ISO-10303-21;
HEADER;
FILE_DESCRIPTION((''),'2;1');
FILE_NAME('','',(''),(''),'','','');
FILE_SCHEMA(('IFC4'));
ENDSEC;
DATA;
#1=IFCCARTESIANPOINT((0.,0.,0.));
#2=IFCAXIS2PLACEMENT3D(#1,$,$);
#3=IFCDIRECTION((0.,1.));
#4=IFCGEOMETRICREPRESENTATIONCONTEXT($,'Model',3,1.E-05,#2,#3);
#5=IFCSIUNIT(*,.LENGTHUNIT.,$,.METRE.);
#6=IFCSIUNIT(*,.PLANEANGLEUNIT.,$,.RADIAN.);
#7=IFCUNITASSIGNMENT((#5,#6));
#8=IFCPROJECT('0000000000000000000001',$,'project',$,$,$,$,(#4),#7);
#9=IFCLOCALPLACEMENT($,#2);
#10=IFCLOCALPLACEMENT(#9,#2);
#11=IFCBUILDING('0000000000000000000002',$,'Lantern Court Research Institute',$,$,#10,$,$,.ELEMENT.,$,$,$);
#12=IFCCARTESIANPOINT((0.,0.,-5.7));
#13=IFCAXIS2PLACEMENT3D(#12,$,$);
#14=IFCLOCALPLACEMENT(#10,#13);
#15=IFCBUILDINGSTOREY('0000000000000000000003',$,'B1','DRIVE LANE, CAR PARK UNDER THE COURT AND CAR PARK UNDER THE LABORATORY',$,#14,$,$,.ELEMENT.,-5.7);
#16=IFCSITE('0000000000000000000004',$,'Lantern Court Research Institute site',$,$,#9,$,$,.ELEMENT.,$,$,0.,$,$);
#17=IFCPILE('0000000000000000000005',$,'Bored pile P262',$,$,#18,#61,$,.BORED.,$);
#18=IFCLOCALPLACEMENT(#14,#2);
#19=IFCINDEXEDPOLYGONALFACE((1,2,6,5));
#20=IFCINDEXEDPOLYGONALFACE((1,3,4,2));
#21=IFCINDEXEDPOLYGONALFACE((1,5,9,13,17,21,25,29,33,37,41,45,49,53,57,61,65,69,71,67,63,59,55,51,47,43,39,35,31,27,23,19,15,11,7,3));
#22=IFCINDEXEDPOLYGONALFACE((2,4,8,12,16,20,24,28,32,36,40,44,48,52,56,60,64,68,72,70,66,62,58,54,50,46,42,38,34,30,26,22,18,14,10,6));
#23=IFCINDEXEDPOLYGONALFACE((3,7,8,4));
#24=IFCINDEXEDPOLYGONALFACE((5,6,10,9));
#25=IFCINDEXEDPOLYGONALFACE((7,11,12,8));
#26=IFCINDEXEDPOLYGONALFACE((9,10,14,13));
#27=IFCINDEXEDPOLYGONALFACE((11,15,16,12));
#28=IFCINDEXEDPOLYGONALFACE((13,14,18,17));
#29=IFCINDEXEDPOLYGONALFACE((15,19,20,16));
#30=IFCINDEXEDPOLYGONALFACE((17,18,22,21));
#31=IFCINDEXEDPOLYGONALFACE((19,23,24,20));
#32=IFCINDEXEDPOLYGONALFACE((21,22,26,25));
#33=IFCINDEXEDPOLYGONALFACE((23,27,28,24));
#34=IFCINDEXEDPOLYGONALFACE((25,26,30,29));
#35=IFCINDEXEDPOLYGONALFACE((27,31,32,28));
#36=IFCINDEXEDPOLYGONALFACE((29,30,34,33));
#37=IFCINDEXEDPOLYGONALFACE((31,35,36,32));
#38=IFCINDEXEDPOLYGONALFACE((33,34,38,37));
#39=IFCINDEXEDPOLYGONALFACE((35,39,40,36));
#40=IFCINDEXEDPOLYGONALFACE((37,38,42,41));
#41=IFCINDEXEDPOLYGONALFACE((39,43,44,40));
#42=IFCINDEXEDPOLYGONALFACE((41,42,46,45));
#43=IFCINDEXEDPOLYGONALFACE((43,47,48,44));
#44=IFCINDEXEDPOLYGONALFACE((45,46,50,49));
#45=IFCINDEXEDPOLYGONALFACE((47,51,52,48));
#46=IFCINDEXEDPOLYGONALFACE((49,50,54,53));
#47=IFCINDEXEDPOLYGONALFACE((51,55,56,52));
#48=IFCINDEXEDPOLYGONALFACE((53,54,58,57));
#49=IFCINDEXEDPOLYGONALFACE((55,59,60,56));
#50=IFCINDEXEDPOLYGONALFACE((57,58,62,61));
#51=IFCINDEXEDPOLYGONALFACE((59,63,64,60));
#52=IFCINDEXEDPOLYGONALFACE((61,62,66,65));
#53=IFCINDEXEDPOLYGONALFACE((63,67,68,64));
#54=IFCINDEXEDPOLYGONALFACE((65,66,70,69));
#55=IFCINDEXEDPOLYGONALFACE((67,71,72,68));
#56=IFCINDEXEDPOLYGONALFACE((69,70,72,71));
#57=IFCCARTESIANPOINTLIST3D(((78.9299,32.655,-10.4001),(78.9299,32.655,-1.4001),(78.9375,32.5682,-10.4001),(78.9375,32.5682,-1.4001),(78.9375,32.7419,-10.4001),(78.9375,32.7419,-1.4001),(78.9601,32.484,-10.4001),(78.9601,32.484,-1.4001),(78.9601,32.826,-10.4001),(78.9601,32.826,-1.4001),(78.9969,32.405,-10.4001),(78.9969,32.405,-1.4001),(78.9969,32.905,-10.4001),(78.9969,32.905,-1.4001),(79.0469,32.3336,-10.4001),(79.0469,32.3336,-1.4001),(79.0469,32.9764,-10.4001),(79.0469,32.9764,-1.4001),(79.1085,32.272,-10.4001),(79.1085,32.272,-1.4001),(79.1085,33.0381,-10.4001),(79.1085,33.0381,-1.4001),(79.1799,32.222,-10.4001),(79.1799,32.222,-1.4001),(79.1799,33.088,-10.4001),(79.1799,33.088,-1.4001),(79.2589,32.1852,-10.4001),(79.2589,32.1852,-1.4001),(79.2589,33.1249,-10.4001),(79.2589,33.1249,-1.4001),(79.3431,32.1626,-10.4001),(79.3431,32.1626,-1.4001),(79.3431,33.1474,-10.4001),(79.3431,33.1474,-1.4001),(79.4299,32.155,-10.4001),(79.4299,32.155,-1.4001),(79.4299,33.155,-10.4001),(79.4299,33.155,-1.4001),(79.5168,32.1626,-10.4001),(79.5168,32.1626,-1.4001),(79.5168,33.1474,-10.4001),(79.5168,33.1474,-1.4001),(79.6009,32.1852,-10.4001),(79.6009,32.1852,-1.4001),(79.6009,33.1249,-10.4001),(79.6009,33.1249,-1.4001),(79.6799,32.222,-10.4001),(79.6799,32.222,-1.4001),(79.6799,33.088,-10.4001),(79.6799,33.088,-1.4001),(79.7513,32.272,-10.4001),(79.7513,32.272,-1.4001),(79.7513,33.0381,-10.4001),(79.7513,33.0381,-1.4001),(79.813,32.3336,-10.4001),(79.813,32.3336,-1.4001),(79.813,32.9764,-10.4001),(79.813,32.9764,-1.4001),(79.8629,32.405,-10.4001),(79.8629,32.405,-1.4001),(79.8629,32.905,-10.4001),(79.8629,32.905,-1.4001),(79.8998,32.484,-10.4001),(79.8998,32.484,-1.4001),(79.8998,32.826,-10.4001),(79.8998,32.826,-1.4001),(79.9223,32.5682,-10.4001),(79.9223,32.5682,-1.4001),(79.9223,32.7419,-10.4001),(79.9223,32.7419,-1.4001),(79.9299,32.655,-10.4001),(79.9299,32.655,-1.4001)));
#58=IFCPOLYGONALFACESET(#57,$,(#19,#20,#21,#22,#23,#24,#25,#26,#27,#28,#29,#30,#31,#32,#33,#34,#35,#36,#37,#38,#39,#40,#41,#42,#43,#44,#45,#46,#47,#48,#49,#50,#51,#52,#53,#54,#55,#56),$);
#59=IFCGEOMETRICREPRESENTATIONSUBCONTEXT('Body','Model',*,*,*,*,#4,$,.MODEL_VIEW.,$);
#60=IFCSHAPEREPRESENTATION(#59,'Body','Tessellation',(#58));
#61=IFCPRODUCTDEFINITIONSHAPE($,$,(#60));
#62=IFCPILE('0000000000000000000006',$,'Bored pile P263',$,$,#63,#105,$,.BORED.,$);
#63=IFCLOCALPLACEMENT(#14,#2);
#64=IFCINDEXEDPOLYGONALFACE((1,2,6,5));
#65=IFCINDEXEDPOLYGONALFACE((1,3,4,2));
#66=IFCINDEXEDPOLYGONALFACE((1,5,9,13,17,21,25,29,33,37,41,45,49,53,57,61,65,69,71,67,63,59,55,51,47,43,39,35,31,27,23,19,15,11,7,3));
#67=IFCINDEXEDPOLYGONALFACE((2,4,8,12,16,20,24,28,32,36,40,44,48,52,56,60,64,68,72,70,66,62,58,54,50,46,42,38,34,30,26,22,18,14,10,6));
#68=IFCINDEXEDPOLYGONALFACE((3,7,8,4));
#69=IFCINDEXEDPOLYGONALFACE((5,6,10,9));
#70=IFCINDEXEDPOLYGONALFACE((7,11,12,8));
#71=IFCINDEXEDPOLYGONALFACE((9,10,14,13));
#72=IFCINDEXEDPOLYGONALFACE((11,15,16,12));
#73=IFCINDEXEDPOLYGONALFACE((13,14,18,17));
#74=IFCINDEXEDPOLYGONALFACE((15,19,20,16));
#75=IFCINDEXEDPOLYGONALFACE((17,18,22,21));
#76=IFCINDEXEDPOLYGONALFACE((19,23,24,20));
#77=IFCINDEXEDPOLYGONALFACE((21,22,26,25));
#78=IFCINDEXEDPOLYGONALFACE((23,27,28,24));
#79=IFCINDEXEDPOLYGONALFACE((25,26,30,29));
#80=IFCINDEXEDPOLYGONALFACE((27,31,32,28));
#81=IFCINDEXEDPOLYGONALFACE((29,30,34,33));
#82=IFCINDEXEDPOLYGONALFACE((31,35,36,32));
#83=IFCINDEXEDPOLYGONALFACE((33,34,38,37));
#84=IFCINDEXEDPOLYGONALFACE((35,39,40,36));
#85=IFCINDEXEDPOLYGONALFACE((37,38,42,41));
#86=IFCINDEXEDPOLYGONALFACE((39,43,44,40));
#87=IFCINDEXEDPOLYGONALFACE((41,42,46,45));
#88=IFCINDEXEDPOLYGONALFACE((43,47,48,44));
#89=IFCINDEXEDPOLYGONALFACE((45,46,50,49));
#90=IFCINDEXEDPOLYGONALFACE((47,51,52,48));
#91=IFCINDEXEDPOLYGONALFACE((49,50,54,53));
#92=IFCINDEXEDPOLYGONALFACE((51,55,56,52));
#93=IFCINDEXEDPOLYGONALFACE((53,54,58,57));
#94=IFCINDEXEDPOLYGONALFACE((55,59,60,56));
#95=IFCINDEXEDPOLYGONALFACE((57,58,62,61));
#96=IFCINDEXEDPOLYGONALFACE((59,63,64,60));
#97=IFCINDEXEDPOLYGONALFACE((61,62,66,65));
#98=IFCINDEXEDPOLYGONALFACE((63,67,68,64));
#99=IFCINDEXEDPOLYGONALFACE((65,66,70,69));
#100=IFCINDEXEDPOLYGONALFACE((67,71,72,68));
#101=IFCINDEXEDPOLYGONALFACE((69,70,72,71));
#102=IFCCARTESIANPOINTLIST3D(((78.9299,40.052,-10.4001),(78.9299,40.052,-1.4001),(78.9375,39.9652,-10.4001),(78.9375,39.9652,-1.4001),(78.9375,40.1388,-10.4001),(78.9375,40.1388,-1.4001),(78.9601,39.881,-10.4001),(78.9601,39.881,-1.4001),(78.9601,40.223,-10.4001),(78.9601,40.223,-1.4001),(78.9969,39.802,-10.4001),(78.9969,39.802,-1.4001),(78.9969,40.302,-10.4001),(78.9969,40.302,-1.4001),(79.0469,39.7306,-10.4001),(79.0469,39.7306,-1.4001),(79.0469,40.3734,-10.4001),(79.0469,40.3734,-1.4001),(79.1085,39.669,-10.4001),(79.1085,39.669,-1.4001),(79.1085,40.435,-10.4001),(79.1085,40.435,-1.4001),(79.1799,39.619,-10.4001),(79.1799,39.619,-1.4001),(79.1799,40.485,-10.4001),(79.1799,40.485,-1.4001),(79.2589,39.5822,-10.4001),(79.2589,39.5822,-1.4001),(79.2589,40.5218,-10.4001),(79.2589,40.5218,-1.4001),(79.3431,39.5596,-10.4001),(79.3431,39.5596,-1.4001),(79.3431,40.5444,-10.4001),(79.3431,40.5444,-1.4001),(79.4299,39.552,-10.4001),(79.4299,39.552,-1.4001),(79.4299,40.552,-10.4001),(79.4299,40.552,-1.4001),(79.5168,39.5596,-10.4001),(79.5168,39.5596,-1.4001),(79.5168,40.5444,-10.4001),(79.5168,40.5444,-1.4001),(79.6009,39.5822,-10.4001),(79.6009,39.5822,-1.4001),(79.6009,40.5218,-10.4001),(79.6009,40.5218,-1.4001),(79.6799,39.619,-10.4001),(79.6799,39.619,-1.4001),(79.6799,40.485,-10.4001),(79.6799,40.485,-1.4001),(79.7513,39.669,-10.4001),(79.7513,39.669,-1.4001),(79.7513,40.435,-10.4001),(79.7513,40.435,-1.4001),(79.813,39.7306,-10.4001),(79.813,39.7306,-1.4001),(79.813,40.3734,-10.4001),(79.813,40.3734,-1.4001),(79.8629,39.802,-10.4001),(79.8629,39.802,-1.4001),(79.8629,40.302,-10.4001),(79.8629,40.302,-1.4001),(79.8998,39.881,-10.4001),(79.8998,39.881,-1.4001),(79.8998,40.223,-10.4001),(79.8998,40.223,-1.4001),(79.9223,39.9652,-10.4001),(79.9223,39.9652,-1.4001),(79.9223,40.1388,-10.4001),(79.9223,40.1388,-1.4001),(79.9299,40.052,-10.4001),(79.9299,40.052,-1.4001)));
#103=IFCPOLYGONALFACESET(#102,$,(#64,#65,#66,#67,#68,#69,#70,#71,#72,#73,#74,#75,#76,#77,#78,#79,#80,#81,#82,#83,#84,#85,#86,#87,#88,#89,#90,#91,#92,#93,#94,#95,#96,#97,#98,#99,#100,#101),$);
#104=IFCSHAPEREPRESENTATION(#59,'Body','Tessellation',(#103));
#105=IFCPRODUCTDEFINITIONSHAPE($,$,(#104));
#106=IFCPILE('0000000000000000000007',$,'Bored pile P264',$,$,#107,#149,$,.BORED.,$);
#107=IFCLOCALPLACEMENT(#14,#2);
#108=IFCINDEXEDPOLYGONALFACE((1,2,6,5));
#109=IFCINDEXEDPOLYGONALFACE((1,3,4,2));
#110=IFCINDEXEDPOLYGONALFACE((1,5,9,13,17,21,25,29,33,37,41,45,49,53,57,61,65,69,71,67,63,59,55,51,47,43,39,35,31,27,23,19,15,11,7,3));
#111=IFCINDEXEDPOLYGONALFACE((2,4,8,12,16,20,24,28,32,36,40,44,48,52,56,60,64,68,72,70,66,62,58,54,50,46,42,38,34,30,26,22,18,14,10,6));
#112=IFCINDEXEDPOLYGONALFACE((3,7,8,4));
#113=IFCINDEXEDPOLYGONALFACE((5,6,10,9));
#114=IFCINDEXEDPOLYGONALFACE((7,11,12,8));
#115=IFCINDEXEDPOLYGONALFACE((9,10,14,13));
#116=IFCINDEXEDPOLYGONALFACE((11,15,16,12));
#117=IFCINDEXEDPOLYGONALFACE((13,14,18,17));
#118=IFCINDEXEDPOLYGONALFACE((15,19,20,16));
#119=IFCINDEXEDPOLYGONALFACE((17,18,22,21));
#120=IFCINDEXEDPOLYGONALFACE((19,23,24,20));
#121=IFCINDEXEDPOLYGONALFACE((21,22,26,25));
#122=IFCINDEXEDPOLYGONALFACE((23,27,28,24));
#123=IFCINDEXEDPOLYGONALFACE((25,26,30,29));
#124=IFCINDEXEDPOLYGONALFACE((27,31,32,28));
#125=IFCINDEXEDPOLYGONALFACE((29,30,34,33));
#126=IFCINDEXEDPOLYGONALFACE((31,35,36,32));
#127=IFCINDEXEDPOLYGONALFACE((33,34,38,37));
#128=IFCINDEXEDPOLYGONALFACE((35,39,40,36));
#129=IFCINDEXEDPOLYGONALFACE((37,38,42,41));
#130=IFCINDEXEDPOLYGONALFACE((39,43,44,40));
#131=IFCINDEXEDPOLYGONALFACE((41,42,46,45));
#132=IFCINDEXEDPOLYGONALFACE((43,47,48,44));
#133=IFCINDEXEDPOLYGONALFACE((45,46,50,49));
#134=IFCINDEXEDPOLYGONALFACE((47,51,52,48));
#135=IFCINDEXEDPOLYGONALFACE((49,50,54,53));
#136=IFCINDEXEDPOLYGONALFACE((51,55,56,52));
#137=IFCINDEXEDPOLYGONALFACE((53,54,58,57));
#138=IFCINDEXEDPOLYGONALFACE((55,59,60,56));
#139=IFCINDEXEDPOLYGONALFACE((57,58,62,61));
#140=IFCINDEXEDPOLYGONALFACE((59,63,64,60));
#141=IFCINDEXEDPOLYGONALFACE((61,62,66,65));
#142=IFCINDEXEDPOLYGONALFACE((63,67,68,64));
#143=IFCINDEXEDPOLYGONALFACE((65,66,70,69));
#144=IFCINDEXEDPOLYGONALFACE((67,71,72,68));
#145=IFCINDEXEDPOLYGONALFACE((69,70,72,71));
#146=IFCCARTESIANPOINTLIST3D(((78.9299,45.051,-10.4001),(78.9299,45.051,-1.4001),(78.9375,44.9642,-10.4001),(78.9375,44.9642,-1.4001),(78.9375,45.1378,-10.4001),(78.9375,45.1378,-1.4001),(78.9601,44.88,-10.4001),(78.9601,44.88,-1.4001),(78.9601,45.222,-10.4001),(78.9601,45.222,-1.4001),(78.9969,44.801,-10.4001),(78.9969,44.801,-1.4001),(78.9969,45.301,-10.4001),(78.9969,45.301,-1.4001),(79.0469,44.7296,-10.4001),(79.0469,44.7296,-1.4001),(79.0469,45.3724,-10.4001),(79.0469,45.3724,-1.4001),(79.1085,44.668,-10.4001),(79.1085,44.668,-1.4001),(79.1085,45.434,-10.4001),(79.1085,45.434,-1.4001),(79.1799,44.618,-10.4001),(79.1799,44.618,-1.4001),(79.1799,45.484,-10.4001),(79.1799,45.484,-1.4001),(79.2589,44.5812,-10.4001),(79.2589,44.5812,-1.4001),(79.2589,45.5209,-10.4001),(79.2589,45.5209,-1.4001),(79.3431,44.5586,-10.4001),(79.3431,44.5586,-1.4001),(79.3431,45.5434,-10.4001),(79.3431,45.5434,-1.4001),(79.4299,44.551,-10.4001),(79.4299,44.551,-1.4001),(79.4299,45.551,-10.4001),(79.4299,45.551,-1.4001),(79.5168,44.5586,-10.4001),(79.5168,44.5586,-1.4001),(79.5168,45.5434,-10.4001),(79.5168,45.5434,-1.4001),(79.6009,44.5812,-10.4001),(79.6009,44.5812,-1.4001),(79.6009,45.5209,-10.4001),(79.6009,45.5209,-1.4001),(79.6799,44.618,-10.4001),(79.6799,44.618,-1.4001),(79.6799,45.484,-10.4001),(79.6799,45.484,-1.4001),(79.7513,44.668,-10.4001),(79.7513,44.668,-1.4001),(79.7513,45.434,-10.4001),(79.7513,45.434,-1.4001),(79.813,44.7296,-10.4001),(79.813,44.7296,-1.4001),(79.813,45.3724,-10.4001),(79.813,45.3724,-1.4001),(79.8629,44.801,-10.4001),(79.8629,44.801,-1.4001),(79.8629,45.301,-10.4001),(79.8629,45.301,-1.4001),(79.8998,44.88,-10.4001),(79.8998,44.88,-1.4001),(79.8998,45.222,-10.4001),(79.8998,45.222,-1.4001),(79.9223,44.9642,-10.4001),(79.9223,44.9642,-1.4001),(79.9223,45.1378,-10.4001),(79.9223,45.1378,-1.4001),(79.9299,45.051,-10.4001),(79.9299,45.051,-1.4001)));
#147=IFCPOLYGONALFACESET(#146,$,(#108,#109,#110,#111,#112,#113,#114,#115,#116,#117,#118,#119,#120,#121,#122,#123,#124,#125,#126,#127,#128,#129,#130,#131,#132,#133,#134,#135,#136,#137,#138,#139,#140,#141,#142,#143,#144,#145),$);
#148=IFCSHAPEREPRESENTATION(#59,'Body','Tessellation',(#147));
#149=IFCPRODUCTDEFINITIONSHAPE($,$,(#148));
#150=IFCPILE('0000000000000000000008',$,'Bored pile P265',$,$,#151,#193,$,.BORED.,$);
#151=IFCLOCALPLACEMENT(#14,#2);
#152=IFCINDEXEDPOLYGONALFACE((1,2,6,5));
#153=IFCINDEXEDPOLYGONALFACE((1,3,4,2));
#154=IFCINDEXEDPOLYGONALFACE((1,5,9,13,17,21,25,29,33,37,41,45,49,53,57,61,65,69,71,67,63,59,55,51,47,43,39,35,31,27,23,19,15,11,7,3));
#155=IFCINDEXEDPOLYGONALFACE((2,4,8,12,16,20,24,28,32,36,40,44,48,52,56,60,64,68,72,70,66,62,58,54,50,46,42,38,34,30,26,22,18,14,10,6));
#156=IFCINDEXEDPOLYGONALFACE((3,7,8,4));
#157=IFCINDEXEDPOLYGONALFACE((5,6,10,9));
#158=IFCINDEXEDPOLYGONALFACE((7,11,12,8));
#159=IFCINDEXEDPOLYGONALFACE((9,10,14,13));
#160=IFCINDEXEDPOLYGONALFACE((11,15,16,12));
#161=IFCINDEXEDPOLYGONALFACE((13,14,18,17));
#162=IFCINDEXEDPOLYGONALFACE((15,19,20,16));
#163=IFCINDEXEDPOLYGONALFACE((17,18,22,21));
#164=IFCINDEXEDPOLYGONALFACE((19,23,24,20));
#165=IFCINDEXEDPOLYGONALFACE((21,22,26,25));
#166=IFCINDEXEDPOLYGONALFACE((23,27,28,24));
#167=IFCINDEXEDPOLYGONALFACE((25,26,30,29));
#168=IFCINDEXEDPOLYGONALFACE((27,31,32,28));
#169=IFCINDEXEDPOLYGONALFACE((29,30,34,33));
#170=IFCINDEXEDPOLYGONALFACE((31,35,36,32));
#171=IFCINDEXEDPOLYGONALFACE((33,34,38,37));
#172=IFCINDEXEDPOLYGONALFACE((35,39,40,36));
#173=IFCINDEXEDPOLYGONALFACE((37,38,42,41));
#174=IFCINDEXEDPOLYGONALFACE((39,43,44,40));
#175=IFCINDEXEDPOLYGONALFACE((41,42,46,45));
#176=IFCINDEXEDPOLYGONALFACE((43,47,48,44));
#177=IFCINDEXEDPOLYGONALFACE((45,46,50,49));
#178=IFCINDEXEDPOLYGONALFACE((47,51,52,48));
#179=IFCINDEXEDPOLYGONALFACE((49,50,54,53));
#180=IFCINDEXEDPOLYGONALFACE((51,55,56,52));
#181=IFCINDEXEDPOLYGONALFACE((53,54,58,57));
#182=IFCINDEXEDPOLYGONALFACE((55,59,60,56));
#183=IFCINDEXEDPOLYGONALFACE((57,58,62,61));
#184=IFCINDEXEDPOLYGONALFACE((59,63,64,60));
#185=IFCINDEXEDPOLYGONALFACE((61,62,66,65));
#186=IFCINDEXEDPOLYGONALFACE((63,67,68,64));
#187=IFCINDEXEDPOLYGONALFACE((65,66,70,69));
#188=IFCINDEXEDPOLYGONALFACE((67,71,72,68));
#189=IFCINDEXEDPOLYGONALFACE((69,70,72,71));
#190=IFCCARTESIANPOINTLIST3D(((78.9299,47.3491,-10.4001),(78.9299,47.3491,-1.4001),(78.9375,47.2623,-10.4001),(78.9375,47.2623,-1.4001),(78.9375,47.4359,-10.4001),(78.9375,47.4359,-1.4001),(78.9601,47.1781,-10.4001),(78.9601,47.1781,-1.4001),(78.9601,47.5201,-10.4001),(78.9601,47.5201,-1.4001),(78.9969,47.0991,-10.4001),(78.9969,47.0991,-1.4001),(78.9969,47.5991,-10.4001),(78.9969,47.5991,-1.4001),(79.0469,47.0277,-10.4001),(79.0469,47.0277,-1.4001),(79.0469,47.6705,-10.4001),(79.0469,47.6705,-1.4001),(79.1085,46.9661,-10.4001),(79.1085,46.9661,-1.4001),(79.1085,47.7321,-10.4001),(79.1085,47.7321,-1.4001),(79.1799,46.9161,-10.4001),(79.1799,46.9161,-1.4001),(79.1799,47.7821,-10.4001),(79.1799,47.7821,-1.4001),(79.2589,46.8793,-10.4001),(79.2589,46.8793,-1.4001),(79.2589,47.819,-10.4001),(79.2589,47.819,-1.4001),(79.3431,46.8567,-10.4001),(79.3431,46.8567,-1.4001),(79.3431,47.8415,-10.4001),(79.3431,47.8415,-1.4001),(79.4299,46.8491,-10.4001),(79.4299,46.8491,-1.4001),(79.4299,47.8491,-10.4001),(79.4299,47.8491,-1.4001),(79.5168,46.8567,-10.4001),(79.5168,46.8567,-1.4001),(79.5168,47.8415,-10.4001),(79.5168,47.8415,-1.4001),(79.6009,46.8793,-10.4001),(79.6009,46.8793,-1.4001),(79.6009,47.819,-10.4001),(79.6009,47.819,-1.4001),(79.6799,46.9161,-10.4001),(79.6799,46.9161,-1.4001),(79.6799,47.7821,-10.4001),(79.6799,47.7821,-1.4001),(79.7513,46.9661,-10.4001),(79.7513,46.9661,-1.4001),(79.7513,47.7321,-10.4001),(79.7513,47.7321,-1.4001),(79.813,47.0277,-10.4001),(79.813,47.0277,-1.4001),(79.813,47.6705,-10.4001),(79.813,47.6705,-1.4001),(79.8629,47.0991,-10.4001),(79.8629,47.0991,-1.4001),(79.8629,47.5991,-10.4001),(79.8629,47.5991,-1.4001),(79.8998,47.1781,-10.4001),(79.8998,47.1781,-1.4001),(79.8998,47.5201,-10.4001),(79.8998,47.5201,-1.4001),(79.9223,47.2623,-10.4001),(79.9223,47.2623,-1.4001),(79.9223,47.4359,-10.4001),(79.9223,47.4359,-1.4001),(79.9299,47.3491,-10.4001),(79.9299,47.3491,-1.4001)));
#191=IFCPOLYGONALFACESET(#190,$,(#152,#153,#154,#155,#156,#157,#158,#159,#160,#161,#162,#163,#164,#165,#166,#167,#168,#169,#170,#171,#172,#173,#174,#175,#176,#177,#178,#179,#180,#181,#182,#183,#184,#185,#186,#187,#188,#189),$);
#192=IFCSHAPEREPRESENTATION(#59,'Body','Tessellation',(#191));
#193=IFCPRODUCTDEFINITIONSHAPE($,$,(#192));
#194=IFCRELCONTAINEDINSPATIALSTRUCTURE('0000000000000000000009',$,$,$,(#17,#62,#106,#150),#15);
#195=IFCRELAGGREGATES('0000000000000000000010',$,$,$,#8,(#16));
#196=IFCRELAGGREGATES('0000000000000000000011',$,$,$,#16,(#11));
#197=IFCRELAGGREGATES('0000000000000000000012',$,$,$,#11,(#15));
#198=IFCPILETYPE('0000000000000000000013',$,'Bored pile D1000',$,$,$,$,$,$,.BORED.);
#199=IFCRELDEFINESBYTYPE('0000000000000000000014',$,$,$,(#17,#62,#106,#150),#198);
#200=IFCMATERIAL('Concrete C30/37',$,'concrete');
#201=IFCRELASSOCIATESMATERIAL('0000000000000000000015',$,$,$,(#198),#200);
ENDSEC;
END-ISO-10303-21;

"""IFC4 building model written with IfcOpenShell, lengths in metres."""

from ifc_helpers import new_model, si_unit, direction, frame, origin, origin_2d, place, context, subcontext, project, spatial, circle, extrude, material, material_profile, profile_set, type_object, element, save


model = new_model("IFC4")

# Units and contexts
model_context = context("Model", 3, precision=1e-05, world=origin(), true_north=direction((0.0, 1.0)))
body_context = subcontext(model_context, "Body", "Model", "MODEL_VIEW")
ifc_project = project(units=[si_unit("LENGTHUNIT", "METRE"), si_unit("PLANEANGLEUNIT", "RADIAN")], contexts=[model_context])

# Site, building, storey
site_placement = place(None, origin())
site = spatial("IfcSite", under=ifc_project, at=site_placement, Name="Lantern Court Research Institute site", CompositionType="ELEMENT", RefElevation=0.0)
building_placement = place(site_placement, origin())
building = spatial("IfcBuilding", under=site, at=building_placement, Name="Lantern Court Research Institute", CompositionType="ELEMENT")
storey_placement = place(building_placement, frame((0.0, 0.0, -5.7)))
storey = spatial("IfcBuildingStorey", under=building, at=storey_placement, Name="B1", Description="DRIVE LANE, CAR PARK UNDER THE COURT AND CAR PARK UNDER THE LABORATORY", CompositionType="ELEMENT", Elevation=-5.7)

# Piles
ifc_material_1 = material(Name="Concrete C30/37", Category="concrete")
ifc_material_profile_1 = material_profile(ifc_material_1, circle(Radius=0.5, at=origin_2d()), Name="Bored pile D1000")
ifc_profile_set_1 = profile_set([ifc_material_profile_1], Name="Concrete C30/37")
pile_type_1 = type_object("IfcPileType", Name="Bored pile D1000", PredefinedType="BORED", material=ifc_profile_set_1)
for number, where, z_axis, x_axis, name in (
    (1, (79.4299, 32.655, -1.4001), (0.0, 0.0, -1.0), (1.0, 0.0, 0.0), "Bored pile P262"),
    (2, (79.4299, 40.052, -1.4001), (0.0, 0.0, -1.0), (1.0, 0.0, 0.0), "Bored pile P263"),
    (3, (79.4299, 45.051, -1.4001), (0.0, 0.0, -1.0), (1.0, 0.0, 0.0), "Bored pile P264"),
    (4, (79.4299, 47.3491, -1.4001), (0.0, 0.0, -1.0), (1.0, 0.0, 0.0), "Bored pile P265"),
):
    element("IfcPile", number, at=place(storey_placement, frame(where, z_axis=z_axis, x_axis=x_axis)), inside=storey, type_object=pile_type_1, Name=name, PredefinedType="BORED", context=body_context, shape_type="SweptSolid", body=[
        extrude(circle(Radius=0.5, at=origin_2d()), origin(), (0.0, 0.0, 1.0), 9.0),
    ])

save(model, "model.ifc")
